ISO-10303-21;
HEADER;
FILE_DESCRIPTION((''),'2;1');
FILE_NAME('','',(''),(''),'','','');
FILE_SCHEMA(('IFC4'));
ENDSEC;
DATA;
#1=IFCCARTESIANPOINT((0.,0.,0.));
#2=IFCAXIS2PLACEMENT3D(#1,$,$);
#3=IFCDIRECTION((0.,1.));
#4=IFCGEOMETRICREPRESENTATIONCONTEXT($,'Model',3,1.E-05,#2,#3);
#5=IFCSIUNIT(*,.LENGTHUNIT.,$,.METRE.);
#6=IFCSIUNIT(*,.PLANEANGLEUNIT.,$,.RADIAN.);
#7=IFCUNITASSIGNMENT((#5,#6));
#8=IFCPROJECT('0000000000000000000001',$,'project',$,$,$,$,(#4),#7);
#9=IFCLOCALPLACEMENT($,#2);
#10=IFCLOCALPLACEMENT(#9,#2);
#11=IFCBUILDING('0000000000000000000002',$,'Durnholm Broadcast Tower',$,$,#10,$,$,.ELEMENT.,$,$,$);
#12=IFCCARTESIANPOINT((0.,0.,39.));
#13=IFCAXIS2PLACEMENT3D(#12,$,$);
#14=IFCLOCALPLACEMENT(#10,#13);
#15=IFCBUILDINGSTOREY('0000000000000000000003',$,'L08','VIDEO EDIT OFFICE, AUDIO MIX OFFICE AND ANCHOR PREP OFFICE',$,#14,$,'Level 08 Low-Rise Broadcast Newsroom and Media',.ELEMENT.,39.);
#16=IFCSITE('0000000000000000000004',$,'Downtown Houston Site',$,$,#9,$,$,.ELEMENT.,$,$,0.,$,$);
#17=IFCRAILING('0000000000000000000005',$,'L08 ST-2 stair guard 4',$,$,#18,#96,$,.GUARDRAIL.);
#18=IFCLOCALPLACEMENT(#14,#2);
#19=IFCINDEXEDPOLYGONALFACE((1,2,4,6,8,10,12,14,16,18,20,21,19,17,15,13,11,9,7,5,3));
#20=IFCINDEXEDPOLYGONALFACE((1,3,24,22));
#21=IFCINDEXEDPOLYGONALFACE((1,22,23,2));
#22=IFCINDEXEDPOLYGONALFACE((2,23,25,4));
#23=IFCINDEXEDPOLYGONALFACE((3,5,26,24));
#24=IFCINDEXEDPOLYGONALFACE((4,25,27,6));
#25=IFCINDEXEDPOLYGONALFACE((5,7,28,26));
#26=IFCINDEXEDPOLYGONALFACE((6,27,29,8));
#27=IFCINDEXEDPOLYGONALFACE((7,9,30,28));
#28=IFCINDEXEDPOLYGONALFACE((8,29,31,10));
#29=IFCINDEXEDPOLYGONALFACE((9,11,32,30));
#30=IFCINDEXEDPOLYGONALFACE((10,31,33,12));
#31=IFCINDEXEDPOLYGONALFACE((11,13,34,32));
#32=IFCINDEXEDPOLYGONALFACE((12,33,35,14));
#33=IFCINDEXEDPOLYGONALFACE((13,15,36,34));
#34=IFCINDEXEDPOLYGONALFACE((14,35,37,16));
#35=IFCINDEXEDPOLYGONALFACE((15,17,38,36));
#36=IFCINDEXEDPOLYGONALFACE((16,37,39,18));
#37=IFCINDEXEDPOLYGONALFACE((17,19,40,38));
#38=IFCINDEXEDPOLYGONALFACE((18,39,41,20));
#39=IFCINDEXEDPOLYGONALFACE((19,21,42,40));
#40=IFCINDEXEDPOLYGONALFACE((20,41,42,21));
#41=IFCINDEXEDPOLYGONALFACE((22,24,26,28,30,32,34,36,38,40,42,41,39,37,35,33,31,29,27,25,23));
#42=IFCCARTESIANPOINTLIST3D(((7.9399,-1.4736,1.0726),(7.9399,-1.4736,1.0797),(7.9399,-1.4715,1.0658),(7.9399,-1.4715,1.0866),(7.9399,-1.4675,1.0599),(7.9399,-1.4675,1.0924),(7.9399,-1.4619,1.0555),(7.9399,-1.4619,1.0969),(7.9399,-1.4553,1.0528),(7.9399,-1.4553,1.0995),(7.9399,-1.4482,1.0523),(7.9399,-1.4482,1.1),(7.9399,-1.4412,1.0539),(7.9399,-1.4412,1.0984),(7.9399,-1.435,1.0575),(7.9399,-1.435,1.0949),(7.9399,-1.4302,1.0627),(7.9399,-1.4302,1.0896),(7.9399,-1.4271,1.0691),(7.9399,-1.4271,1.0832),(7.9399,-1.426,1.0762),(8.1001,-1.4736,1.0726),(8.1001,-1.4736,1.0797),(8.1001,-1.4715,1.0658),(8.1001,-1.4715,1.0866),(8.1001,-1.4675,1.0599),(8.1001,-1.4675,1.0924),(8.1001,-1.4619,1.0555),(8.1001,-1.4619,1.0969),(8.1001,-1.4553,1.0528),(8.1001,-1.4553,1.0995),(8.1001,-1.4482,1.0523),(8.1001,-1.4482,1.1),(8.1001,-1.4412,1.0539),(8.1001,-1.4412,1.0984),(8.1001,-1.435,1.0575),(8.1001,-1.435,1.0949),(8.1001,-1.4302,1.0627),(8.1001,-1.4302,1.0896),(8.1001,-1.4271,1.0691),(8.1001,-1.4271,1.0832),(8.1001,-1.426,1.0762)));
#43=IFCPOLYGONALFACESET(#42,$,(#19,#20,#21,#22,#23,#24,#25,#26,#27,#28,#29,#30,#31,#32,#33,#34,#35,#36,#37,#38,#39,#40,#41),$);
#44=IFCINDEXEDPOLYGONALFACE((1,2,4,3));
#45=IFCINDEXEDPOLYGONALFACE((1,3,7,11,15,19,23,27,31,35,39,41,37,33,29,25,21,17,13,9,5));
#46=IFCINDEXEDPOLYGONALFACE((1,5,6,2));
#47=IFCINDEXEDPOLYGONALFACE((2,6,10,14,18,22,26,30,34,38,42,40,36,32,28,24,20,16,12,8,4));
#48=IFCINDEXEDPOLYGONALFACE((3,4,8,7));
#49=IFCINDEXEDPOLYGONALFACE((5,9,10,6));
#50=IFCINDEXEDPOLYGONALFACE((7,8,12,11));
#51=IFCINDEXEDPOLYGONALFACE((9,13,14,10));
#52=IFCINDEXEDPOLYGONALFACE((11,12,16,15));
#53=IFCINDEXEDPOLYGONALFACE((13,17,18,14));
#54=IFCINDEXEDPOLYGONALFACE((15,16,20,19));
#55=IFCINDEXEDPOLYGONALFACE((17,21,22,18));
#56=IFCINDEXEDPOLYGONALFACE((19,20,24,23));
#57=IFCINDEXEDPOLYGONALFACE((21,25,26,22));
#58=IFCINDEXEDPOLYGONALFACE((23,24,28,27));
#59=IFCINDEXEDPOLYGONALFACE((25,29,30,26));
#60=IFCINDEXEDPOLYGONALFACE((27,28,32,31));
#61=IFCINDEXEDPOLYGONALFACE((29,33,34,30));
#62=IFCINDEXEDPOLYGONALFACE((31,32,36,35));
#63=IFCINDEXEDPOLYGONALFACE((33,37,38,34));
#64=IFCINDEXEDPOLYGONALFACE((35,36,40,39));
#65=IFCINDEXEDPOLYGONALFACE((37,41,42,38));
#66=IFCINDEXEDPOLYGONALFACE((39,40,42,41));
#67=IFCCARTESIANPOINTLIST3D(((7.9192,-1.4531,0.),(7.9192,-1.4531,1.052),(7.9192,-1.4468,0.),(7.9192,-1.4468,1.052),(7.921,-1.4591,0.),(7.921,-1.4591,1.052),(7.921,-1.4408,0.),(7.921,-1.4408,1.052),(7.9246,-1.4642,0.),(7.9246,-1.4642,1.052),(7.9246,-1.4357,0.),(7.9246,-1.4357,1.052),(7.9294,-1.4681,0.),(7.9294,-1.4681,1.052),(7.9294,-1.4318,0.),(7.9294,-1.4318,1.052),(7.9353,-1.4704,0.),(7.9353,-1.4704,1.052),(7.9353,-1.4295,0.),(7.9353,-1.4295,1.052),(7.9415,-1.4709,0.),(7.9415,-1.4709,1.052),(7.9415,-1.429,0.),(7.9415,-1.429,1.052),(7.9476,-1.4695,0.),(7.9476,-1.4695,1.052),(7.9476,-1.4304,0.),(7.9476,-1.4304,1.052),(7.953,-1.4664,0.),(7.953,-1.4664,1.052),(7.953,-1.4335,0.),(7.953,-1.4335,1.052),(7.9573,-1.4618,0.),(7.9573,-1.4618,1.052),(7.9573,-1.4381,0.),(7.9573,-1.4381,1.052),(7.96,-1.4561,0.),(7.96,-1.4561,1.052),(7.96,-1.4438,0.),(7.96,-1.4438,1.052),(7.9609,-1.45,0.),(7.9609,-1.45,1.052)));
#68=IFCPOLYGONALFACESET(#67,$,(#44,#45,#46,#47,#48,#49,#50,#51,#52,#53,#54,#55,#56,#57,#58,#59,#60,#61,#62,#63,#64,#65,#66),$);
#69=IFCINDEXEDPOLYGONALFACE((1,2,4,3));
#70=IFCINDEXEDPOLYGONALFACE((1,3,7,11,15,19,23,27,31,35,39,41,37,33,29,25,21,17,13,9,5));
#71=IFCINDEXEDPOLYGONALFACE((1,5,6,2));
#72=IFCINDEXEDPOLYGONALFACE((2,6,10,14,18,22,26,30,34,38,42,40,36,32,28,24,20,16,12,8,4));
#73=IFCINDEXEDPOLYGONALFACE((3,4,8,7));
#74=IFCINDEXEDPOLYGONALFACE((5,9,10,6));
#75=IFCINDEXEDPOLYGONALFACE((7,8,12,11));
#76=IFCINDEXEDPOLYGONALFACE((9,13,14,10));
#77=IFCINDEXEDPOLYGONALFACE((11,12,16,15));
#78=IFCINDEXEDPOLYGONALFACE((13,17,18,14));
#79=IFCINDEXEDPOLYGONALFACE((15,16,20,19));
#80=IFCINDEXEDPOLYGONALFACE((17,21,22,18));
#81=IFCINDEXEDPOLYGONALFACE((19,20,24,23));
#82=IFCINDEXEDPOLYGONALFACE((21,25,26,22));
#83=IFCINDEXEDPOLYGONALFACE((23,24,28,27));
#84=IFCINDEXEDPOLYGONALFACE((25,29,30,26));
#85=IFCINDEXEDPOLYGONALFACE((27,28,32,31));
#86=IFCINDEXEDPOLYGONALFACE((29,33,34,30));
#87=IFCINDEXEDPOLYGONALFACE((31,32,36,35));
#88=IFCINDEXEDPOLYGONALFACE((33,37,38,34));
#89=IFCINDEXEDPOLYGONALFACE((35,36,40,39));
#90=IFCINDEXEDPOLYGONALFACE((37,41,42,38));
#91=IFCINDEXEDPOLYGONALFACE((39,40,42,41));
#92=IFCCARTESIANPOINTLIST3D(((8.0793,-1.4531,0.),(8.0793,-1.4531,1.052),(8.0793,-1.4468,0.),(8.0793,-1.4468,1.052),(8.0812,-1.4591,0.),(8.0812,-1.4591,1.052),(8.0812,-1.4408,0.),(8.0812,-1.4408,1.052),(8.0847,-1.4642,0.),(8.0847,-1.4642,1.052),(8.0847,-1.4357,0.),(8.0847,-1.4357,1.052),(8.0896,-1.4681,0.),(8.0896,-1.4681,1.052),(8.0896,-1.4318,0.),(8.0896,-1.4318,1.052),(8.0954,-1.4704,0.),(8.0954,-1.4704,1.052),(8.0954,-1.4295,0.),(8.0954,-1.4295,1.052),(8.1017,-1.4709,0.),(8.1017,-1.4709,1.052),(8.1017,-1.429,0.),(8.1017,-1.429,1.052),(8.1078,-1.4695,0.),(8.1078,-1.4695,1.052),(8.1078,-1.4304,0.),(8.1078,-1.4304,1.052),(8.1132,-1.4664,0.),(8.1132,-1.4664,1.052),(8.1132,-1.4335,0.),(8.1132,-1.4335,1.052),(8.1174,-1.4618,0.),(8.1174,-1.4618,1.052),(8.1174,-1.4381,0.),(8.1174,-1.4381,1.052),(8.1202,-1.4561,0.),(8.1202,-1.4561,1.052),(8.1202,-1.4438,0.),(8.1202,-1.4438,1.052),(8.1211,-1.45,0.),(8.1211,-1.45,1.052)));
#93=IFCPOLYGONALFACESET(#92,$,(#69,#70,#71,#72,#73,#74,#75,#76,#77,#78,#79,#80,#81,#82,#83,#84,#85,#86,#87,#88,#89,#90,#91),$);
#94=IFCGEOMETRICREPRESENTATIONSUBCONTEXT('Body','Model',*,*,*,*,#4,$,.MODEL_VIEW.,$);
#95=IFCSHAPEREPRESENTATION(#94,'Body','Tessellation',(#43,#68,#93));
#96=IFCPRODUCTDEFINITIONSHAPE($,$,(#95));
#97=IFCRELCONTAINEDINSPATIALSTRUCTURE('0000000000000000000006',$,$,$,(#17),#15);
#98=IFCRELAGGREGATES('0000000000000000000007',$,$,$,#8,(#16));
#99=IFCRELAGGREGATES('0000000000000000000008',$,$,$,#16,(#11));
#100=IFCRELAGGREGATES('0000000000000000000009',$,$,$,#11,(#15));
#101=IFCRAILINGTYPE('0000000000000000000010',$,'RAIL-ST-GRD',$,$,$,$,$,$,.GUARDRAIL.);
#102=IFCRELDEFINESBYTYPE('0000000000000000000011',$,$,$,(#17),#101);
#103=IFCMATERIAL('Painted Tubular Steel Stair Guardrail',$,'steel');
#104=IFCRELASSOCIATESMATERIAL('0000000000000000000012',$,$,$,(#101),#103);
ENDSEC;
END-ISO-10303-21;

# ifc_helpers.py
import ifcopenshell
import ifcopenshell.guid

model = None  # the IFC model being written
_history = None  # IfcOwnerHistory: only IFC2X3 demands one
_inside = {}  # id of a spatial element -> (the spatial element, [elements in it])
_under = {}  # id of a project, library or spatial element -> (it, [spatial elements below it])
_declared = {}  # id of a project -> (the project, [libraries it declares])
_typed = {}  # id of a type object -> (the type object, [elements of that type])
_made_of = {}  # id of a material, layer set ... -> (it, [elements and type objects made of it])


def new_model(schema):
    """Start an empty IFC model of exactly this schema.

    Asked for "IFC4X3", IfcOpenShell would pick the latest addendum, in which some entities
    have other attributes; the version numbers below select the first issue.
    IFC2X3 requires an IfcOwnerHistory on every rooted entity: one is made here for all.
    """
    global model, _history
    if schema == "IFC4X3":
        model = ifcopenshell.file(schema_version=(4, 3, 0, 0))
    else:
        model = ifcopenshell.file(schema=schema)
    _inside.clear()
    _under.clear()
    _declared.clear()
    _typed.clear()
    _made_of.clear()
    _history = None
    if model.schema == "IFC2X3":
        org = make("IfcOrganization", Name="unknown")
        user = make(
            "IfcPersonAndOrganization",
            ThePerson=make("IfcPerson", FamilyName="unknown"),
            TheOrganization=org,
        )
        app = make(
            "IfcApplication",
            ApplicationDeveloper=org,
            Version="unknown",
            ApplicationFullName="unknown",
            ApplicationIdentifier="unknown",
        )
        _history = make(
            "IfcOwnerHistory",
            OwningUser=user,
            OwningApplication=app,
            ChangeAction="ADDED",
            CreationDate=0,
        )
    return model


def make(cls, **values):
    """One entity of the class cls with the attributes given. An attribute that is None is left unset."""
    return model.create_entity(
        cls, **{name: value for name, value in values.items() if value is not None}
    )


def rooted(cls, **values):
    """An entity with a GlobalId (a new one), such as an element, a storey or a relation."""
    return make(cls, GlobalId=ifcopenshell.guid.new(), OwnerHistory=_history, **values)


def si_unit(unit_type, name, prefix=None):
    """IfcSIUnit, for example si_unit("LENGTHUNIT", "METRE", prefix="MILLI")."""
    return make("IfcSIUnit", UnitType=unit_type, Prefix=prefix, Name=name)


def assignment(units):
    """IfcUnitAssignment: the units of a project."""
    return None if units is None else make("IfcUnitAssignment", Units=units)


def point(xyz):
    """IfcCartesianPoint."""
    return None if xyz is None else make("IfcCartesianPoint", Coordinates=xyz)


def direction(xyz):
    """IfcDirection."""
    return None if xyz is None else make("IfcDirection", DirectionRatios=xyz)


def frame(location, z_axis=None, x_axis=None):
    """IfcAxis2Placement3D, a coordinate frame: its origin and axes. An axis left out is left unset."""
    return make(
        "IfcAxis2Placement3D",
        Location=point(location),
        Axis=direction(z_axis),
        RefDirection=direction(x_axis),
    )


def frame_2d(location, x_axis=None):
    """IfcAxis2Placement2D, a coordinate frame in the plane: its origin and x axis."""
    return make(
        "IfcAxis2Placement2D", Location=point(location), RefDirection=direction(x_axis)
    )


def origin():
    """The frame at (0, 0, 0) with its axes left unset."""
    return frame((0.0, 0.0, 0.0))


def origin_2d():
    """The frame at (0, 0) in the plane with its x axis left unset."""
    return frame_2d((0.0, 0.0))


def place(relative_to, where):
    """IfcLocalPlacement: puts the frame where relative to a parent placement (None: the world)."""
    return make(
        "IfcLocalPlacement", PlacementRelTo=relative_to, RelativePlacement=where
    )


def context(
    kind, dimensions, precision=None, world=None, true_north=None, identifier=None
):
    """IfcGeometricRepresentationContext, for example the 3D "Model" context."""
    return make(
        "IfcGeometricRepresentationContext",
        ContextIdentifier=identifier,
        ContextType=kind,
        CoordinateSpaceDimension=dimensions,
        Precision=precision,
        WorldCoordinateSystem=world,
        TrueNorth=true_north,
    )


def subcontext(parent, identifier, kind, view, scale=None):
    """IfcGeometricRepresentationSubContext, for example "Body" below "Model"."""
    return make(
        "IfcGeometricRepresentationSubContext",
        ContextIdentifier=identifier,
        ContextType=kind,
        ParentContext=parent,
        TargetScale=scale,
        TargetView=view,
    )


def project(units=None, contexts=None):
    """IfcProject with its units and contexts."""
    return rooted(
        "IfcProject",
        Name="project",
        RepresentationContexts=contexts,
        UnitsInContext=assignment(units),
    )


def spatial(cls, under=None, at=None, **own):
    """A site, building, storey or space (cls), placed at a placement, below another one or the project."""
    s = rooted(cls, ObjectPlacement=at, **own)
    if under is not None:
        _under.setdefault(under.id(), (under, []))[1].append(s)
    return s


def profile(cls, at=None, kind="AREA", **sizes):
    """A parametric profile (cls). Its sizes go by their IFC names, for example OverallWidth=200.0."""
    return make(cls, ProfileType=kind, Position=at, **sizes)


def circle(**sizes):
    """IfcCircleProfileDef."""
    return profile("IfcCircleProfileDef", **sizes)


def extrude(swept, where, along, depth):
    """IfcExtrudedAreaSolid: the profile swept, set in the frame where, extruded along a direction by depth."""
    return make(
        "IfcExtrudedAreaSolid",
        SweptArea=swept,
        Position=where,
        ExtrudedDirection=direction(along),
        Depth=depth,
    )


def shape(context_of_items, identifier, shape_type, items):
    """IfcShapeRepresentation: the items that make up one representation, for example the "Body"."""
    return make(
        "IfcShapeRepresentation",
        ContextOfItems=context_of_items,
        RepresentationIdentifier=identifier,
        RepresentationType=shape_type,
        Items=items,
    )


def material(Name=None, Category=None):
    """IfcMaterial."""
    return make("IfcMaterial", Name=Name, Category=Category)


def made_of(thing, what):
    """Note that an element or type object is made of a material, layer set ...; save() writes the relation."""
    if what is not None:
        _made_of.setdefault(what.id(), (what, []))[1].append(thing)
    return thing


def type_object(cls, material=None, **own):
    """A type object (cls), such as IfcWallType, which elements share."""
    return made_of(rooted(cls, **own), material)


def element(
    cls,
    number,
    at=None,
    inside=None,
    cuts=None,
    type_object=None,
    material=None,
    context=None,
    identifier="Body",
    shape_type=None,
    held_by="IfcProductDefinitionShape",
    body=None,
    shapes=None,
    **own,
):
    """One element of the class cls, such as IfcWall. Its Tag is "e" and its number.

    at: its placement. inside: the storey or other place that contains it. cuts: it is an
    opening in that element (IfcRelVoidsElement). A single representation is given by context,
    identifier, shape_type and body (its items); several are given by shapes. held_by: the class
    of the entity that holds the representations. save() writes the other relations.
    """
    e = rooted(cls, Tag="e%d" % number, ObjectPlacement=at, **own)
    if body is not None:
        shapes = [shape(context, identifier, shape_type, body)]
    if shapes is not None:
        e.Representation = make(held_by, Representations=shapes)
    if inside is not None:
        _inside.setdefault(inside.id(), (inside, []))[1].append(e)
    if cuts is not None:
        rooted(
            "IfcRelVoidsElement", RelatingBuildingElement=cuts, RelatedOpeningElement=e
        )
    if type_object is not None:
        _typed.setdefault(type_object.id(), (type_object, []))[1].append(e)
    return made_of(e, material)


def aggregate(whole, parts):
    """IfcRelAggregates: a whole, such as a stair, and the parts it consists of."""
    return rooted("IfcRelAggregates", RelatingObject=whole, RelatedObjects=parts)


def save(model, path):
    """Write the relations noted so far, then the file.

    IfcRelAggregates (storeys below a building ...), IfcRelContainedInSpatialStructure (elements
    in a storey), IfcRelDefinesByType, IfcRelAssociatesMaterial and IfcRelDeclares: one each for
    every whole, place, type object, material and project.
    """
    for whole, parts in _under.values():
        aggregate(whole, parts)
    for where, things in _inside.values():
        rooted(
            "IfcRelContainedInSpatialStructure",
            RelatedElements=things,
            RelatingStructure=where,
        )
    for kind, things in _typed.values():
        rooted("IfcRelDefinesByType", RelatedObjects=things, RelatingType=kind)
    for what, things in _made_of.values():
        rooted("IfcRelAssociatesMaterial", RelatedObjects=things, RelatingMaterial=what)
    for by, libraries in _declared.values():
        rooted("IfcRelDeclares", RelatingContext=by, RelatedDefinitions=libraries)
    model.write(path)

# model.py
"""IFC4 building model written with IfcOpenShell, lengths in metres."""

from ifc_helpers import new_model, si_unit, direction, frame, origin, origin_2d, place, context, subcontext, project, spatial, circle, extrude, material, type_object, element, save


model = new_model("IFC4")

# Units and contexts
model_context = context("Model", 3, precision=1e-05, world=origin(), true_north=direction((0.0, 1.0)))
body_context = subcontext(model_context, "Body", "Model", "MODEL_VIEW")
ifc_project = project(units=[si_unit("LENGTHUNIT", "METRE"), si_unit("PLANEANGLEUNIT", "RADIAN")], contexts=[model_context])

# Site, building, storey
site_placement = place(None, origin())
site = spatial("IfcSite", under=ifc_project, at=site_placement, Name="Downtown Houston Site", CompositionType="ELEMENT", RefElevation=0.0)
building_placement = place(site_placement, origin())
building = spatial("IfcBuilding", under=site, at=building_placement, Name="Durnholm Broadcast Tower", CompositionType="ELEMENT")
storey_placement = place(building_placement, frame((0.0, 0.0, 39.0)))
storey = spatial("IfcBuildingStorey", under=building, at=storey_placement, Name="L08", Description="VIDEO EDIT OFFICE, AUDIO MIX OFFICE AND ANCHOR PREP OFFICE", LongName="Level 08 Low-Rise Broadcast Newsroom and Media", CompositionType="ELEMENT", Elevation=39.0)

# Railing
ifc_material_1 = material(Name="Painted Tubular Steel Stair Guardrail", Category="steel")
railing_type_1 = type_object("IfcRailingType", Name="RAIL-ST-GRD", PredefinedType="GUARDRAIL", material=ifc_material_1)
railing_1_placement = place(storey_placement, frame((7.9399, -1.45, 0.0)))
element("IfcRailing", 1, at=railing_1_placement, inside=storey, type_object=railing_type_1, Name="L08 ST-2 stair guard 4", PredefinedType="GUARDRAIL", context=body_context, shape_type="SweptSolid", body=[
    extrude(circle(Radius=0.0239, at=origin_2d()), frame((0.0, 0.0, 1.0762), z_axis=(1.0, 0.0, 0.0), x_axis=(0.0, 1.0, 0.0)), (0.0, 0.0, 1.0), 0.1602),
    extrude(circle(Radius=0.021, at=origin_2d()), origin(), (0.0, 0.0, 1.0), 1.052),
    extrude(circle(Radius=0.021, at=origin_2d()), frame((0.1602, 0.0, 0.0)), (0.0, 0.0, 1.0), 1.052),
])

save(model, "model.ifc")
